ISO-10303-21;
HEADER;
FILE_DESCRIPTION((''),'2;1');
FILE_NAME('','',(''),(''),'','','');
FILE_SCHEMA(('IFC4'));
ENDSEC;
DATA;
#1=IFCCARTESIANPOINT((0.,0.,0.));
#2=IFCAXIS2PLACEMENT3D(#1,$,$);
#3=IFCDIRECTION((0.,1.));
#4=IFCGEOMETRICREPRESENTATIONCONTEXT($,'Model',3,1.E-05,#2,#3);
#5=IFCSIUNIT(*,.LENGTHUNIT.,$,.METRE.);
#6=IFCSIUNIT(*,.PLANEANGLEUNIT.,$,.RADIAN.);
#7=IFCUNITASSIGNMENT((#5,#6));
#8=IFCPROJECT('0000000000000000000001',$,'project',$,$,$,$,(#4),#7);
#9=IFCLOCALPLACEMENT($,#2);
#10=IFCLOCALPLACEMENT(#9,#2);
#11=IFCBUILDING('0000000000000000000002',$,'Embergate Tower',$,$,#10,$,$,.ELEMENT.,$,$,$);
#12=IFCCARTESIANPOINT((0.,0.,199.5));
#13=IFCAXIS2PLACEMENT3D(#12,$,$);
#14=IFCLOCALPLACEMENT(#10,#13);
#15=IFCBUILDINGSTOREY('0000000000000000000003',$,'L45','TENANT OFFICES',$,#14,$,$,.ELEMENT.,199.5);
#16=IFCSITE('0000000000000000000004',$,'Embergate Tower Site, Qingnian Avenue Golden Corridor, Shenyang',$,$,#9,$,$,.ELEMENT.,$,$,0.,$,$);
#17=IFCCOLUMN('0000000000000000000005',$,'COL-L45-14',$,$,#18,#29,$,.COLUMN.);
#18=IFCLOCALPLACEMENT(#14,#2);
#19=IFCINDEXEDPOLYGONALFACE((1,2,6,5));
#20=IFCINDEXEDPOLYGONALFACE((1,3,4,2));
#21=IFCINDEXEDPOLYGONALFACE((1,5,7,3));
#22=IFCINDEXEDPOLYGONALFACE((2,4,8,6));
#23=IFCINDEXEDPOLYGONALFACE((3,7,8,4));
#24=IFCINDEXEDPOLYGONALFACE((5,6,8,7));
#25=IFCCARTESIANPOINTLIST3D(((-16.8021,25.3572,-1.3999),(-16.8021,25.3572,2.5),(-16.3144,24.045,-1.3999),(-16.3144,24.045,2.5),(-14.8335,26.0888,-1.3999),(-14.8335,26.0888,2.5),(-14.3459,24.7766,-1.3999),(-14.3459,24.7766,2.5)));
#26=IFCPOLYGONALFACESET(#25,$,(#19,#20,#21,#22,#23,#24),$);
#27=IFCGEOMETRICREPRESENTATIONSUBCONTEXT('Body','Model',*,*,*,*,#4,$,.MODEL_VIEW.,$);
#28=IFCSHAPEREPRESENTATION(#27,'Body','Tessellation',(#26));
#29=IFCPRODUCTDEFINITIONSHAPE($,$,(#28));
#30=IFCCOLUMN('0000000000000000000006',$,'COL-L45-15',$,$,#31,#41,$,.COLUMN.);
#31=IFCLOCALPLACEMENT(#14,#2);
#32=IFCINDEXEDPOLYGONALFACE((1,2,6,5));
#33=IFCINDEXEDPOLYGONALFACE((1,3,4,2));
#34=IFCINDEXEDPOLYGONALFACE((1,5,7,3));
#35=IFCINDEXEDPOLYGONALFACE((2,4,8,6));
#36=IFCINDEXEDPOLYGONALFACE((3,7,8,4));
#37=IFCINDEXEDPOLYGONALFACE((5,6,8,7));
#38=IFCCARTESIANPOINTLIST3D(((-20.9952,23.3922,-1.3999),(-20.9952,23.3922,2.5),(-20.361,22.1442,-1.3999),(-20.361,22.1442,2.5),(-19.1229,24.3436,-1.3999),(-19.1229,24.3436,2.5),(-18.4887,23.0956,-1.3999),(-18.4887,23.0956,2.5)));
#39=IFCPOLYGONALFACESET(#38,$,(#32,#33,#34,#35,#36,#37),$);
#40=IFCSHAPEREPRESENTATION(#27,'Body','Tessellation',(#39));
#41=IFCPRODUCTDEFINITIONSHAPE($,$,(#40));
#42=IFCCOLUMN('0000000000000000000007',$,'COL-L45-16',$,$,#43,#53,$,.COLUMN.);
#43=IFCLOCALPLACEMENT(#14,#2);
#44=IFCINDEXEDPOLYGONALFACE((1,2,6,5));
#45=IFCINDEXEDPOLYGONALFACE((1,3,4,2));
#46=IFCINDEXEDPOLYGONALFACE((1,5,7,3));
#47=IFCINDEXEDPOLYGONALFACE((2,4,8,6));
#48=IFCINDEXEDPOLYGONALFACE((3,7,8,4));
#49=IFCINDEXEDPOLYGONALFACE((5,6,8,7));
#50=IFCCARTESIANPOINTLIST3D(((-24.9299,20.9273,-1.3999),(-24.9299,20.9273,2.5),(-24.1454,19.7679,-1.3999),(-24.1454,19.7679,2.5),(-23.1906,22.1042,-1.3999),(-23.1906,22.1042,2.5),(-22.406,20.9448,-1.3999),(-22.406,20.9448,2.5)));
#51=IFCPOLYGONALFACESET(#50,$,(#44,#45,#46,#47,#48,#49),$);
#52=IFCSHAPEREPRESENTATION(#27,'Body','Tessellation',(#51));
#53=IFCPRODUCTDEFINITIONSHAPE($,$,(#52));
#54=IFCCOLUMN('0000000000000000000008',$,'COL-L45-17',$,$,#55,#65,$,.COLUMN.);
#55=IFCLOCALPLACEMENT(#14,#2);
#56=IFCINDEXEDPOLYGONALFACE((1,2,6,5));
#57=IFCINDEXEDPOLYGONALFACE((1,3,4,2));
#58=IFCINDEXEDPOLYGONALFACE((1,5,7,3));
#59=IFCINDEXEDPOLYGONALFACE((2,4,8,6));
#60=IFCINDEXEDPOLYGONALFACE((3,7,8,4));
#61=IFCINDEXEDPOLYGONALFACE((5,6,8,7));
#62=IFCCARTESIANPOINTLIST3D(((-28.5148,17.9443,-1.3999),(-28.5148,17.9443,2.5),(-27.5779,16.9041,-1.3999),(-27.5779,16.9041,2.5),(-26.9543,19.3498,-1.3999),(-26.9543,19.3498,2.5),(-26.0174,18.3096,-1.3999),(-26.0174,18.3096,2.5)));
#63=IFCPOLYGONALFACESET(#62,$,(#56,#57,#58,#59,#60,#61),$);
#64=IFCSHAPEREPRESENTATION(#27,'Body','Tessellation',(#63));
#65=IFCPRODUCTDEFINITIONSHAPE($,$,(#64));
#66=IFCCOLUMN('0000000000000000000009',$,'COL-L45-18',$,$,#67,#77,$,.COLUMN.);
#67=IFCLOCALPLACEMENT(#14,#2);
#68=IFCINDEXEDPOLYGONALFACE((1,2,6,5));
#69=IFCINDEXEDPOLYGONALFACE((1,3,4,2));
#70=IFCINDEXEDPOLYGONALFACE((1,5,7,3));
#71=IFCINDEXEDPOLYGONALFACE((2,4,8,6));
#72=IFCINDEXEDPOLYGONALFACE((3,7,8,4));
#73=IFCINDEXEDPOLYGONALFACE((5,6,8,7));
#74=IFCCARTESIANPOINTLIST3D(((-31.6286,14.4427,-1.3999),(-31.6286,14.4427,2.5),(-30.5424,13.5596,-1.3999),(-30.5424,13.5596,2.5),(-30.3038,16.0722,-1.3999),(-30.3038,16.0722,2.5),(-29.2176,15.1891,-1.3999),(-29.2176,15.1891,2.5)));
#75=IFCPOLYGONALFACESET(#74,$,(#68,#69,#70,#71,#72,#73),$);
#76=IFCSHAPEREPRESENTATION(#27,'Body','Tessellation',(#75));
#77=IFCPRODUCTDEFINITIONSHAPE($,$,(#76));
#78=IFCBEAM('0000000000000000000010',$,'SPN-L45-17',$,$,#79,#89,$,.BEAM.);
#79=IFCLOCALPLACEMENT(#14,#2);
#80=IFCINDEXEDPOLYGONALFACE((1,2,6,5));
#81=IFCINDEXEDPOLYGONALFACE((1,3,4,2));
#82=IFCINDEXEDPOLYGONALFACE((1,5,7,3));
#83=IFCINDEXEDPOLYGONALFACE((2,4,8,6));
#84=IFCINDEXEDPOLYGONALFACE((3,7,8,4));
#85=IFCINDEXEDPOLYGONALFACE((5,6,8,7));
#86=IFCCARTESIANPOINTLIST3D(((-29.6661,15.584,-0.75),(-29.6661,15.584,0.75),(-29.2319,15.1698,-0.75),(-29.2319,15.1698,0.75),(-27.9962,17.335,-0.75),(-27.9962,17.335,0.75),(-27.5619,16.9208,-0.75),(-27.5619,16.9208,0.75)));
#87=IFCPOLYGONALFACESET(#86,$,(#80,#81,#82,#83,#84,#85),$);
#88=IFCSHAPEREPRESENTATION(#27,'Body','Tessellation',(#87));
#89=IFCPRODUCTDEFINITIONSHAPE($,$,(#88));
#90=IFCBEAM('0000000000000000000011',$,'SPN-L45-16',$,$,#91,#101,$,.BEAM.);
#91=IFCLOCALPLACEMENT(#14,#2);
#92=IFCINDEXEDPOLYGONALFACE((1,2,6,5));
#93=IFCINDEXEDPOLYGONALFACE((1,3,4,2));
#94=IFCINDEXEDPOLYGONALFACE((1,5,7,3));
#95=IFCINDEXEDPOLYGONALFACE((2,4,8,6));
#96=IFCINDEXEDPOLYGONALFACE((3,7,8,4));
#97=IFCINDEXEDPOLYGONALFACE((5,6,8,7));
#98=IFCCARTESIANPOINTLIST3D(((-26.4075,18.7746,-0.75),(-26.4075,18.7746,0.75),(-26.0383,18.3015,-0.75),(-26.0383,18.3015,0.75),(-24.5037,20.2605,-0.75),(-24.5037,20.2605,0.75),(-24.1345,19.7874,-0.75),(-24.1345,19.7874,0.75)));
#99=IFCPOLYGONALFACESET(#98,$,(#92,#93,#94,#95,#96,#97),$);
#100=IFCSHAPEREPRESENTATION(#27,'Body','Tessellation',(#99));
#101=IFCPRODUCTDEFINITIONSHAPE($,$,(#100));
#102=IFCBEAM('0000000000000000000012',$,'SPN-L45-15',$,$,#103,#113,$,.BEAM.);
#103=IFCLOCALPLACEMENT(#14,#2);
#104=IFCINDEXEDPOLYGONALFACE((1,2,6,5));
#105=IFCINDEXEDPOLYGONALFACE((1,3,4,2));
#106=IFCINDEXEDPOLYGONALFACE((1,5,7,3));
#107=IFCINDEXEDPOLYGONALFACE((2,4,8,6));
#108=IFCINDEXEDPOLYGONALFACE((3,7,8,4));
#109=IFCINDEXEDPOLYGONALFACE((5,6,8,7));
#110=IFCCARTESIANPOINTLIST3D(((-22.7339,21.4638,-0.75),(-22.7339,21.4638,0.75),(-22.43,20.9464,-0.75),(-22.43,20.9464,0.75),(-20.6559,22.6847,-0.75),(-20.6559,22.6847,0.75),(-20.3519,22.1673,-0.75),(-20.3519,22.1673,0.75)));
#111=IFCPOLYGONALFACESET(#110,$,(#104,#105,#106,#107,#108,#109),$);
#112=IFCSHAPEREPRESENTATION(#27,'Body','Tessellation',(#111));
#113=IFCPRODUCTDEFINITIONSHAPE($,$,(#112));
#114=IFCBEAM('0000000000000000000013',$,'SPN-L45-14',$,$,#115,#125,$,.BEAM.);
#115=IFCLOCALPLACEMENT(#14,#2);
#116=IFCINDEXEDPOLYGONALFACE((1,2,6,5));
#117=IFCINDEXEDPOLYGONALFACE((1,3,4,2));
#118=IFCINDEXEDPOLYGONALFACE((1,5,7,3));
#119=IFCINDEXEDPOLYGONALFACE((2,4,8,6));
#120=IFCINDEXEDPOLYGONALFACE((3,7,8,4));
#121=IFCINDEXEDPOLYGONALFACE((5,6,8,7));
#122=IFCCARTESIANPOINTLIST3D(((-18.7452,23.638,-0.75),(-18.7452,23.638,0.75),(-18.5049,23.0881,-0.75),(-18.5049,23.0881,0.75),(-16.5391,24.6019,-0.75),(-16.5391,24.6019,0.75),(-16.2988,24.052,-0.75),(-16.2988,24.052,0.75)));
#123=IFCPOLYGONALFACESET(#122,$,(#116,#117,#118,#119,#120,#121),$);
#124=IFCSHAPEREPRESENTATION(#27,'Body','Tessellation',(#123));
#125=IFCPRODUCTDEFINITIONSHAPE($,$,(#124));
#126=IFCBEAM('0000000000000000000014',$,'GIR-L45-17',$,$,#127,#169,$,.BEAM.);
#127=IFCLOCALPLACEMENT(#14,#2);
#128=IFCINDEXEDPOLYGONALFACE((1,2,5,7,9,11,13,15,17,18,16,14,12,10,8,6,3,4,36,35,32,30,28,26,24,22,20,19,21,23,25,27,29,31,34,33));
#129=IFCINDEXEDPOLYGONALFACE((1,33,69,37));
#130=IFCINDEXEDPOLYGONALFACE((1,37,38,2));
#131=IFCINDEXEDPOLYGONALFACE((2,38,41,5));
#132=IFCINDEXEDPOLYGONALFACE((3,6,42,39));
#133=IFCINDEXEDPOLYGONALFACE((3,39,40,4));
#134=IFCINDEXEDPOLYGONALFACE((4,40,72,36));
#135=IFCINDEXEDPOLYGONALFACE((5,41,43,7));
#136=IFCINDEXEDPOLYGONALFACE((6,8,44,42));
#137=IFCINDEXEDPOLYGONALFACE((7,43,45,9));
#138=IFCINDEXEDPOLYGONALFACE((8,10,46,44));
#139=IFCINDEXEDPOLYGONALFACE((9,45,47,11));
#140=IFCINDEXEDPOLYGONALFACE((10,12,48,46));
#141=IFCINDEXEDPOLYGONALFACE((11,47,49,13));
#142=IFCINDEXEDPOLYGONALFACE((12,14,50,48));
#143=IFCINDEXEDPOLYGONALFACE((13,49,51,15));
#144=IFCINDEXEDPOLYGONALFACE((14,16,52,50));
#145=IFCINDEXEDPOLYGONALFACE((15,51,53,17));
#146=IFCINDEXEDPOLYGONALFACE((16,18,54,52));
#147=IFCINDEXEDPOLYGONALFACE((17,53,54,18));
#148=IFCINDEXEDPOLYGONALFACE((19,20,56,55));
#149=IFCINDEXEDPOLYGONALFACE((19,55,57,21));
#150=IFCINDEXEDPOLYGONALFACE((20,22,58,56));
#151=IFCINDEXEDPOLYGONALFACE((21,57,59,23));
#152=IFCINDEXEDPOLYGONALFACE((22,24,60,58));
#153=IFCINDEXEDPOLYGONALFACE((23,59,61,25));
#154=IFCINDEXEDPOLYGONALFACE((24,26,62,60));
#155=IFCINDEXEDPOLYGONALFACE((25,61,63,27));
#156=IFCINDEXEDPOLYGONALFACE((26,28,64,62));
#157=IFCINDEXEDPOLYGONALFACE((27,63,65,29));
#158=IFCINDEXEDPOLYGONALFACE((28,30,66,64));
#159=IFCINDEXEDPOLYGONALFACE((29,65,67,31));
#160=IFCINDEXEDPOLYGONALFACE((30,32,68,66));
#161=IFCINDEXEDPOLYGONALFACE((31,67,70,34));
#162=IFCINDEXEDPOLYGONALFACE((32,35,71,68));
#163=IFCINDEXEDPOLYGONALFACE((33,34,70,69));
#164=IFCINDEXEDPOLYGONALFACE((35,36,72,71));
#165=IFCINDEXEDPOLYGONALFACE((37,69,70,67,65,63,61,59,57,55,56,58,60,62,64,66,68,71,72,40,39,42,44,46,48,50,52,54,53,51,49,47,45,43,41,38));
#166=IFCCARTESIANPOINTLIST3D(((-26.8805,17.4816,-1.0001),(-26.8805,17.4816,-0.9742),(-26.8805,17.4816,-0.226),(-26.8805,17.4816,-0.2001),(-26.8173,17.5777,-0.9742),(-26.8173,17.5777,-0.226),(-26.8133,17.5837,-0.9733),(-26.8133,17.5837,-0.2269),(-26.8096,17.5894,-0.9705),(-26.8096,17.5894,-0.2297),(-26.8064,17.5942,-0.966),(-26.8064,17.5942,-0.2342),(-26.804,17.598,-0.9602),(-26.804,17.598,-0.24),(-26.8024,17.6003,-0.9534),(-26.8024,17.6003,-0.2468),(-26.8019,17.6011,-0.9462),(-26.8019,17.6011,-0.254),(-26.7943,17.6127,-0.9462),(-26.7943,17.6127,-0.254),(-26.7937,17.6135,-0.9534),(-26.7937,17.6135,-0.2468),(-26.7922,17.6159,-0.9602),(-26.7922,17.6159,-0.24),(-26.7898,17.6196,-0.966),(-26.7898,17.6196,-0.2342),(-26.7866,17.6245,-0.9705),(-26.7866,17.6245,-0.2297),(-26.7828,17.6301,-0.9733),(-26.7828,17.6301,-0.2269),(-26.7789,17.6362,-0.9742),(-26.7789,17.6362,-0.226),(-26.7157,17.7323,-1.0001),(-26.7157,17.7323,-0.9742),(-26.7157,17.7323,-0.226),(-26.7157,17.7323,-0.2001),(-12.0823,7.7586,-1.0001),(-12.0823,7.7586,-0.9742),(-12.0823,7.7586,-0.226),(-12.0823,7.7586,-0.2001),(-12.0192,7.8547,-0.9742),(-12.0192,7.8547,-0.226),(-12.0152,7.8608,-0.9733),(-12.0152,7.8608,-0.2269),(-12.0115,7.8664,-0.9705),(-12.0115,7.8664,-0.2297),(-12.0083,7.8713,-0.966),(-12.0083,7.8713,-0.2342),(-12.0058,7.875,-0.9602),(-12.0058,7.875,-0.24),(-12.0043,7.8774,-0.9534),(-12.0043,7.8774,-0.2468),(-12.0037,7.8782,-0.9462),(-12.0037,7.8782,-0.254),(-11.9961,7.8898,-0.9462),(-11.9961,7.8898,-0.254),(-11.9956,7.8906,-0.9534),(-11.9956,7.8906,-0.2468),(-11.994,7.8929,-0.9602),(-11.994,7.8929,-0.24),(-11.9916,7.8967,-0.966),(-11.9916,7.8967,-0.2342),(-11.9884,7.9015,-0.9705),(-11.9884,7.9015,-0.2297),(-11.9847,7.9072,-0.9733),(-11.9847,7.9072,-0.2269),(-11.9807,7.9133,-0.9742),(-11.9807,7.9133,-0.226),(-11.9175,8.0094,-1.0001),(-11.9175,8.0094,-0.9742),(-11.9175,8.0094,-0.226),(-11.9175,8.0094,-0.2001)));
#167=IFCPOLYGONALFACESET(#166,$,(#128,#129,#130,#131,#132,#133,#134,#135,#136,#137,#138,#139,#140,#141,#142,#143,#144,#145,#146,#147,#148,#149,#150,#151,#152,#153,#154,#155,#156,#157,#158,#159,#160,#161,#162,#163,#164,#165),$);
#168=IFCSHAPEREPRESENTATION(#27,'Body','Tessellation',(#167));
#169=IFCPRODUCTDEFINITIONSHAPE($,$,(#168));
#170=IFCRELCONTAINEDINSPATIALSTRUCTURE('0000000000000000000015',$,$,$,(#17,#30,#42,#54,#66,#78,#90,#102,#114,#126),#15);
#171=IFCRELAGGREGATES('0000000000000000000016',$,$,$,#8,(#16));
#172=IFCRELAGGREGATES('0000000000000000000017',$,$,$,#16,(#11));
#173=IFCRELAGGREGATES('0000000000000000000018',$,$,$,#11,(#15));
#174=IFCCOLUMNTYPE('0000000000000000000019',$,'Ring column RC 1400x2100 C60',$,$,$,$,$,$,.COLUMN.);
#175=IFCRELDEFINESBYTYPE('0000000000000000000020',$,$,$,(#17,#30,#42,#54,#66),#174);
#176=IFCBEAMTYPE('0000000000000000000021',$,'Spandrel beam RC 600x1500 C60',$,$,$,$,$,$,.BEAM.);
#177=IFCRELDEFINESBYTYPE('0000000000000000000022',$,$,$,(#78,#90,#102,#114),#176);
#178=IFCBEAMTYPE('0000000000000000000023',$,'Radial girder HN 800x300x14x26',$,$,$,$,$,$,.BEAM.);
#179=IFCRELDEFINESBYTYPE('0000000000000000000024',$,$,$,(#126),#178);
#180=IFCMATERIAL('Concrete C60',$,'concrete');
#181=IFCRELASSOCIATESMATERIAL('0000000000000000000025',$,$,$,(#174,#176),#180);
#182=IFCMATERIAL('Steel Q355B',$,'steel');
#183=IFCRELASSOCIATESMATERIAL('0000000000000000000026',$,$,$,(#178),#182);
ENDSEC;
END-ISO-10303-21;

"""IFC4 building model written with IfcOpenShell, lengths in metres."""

from ifc_helpers import new_model, si_unit, direction, frame, origin, origin_2d, place, context, subcontext, project, spatial, rectangle, i_section, extrude, source, transform, mapped, material, material_profile, profile_set, type_object, element, save


model = new_model("IFC4")

# Units and contexts
model_context = context("Model", 3, precision=1e-05, world=origin(), true_north=direction((0.0, 1.0)))
body_context = subcontext(model_context, "Body", "Model", "MODEL_VIEW")
ifc_project = project(units=[si_unit("LENGTHUNIT", "METRE"), si_unit("PLANEANGLEUNIT", "RADIAN")], contexts=[model_context])

# Site, building, storey
site_placement = place(None, origin())
site = spatial("IfcSite", under=ifc_project, at=site_placement, Name="Embergate Tower Site, Qingnian Avenue Golden Corridor, Shenyang", CompositionType="ELEMENT", RefElevation=0.0)
building_placement = place(site_placement, origin())
building = spatial("IfcBuilding", under=site, at=building_placement, Name="Embergate Tower", CompositionType="ELEMENT")
storey_placement = place(building_placement, frame((0.0, 0.0, 199.5)))
storey = spatial("IfcBuildingStorey", under=building, at=storey_placement, Name="L45", Description="TENANT OFFICES", CompositionType="ELEMENT", Elevation=199.5)

# Columns
ifc_material_1 = material(Name="Concrete C60", Category="concrete")
ifc_material_profile_1 = material_profile(ifc_material_1, rectangle(XDim=1.3999, YDim=2.1001, at=origin_2d()), Name="RC 1400x2100")
ifc_profile_set_1 = profile_set([ifc_material_profile_1], Name="Concrete C60")
column_type = type_object("IfcColumnType", Name="Ring column RC 1400x2100 C60", PredefinedType="COLUMN", material=ifc_profile_set_1)
shared_shape_1 = source(origin(), body_context, "Body", "SweptSolid", [
    extrude(rectangle(XDim=1.3999, YDim=2.1001, at=origin_2d()), origin(), (0.0, 0.0, 1.0), 3.8999),
])
for number, where, z_axis, x_axis, name in (
    (1, (-15.574, 25.0669, -1.3999), (0.0, 0.0, 1.0), (-0.348359, 0.937361, 0.0), "COL-L45-14"),
    (2, (-19.7419, 23.2439, -1.3999), (0.0, 0.0, 1.0), (-0.453011, 0.891505, 0.0), "COL-L45-15"),
    (3, (-23.668, 20.936, -1.3999), (0.0, 0.0, 1.0), (-0.560408, 0.828217, 0.0), "COL-L45-16"),
    (4, (-27.2661, 18.127, -1.3999), (0.0, 0.0, 1.0), (-0.669221, 0.743063, 0.0), "COL-L45-17"),
    (5, (-30.4231, 14.8159, -1.3999), (0.0, 0.0, 1.0), (-0.775925, 0.630825, 0.0), "COL-L45-18"),
):
    element("IfcColumn", number, at=place(storey_placement, frame(where, z_axis=z_axis, x_axis=x_axis)), inside=storey, type_object=column_type, Name=name, PredefinedType="COLUMN", context=body_context, shape_type="MappedRepresentation", body=[
        mapped(shared_shape_1, transform((0.0, 0.0, 0.0))),
    ])

# Beams
ifc_material_profile_2 = material_profile(ifc_material_1, rectangle(XDim=0.6001, YDim=1.5, at=origin_2d()), Name="RC 600x1500")
ifc_profile_set_2 = profile_set([ifc_material_profile_2], Name="Concrete C60")
beam_type_1 = type_object("IfcBeamType", Name="Spandrel beam RC 600x1500 C60", PredefinedType="BEAM", material=ifc_profile_set_2)
shared_shape_2 = source(origin(), body_context, "Body", "SweptSolid", [
    extrude(rectangle(XDim=0.6001, YDim=1.5, at=origin_2d()), origin(), (0.0, 0.0, 1.0), 2.4197),
])
beam_1_placement = place(storey_placement, frame((-27.7791, 17.1279, 0.0), z_axis=(-0.690159, -0.723658, 0.0), x_axis=(0.723658, -0.690159, 0.0)))
element("IfcBeam", 6, at=beam_1_placement, inside=storey, type_object=beam_type_1, Name="SPN-L45-17", PredefinedType="BEAM", context=body_context, shape_type="MappedRepresentation", body=[
    mapped(shared_shape_2, transform((0.0, 0.0, 0.0))),
])
shared_shape_3 = source(origin(), body_context, "Body", "SweptSolid", [
    extrude(rectangle(XDim=0.6001, YDim=1.5, at=origin_2d()), origin(), (0.0, 0.0, 1.0), 2.415),
])
beam_2_placement = place(storey_placement, frame((-24.3191, 20.0239, 0.0), z_axis=(-0.788328, -0.615256, 0.0), x_axis=(0.615256, -0.788328, 0.0)))
element("IfcBeam", 7, at=beam_2_placement, inside=storey, type_object=beam_type_1, Name="SPN-L45-16", PredefinedType="BEAM", context=body_context, shape_type="MappedRepresentation", body=[
    mapped(shared_shape_3, transform((0.0, 0.0, 0.0))),
])
shared_shape_4 = source(origin(), body_context, "Body", "SweptSolid", [
    extrude(rectangle(XDim=0.6001, YDim=1.5, at=origin_2d()), origin(), (0.0, 0.0, 1.0), 2.4102),
])
beam_3_placement = place(storey_placement, frame((-20.5039, 22.426, 0.0), z_axis=(-0.862202, -0.506564, 0.0), x_axis=(0.506564, -0.862202, 0.0)))
element("IfcBeam", 8, at=beam_3_placement, inside=storey, type_object=beam_type_1, Name="SPN-L45-15", PredefinedType="BEAM", context=body_context, shape_type="MappedRepresentation", body=[
    mapped(shared_shape_4, transform((0.0, 0.0, 0.0))),
])
shared_shape_5 = source(origin(), body_context, "Body", "SweptSolid", [
    extrude(rectangle(XDim=0.6001, YDim=1.5, at=origin_2d()), origin(), (0.0, 0.0, 1.0), 2.4075),
])
beam_4_placement = place(storey_placement, frame((-16.4189, 24.3269, 0.0), z_axis=(-0.916353, -0.400372, 0.0), x_axis=(0.400372, -0.916353, 0.0)))
element("IfcBeam", 9, at=beam_4_placement, inside=storey, type_object=beam_type_1, Name="SPN-L45-14", PredefinedType="BEAM", context=body_context, shape_type="MappedRepresentation", body=[
    mapped(shared_shape_5, transform((0.0, 0.0, 0.0))),
])
ifc_material_2 = material(Name="Steel Q355B", Category="steel")
ifc_material_profile_3 = material_profile(ifc_material_2, i_section(OverallWidth=0.3, OverallDepth=0.8, WebThickness=0.0139, FlangeThickness=0.0259, FilletRadius=0.0281, at=origin_2d()), Name="HN 800x300x14x26")
ifc_profile_set_3 = profile_set([ifc_material_profile_3], Name="Steel Q355 grade B")
beam_type_2 = type_object("IfcBeamType", Name="Radial girder HN 800x300x14x26", PredefinedType="BEAM", material=ifc_profile_set_3)
shared_shape_6 = source(origin(), body_context, "Body", "SweptSolid", [
    extrude(i_section(OverallWidth=0.3, OverallDepth=0.8, WebThickness=0.0139, FlangeThickness=0.0259, FilletRadius=0.0281, at=origin_2d()), origin(), (0.0, 0.0, 1.0), 17.7065),
])
beam_5_placement = place(storey_placement, frame((-26.7981, 17.6069, -0.6001), z_axis=(0.835746, -0.549116, 0.0), x_axis=(0.549116, 0.835746, 0.0)))
element("IfcBeam", 10, at=beam_5_placement, inside=storey, type_object=beam_type_2, Name="GIR-L45-17", PredefinedType="BEAM", context=body_context, shape_type="MappedRepresentation", body=[
    mapped(shared_shape_6, transform((0.0, 0.0, 0.0))),
])

save(model, "model.ifc")
